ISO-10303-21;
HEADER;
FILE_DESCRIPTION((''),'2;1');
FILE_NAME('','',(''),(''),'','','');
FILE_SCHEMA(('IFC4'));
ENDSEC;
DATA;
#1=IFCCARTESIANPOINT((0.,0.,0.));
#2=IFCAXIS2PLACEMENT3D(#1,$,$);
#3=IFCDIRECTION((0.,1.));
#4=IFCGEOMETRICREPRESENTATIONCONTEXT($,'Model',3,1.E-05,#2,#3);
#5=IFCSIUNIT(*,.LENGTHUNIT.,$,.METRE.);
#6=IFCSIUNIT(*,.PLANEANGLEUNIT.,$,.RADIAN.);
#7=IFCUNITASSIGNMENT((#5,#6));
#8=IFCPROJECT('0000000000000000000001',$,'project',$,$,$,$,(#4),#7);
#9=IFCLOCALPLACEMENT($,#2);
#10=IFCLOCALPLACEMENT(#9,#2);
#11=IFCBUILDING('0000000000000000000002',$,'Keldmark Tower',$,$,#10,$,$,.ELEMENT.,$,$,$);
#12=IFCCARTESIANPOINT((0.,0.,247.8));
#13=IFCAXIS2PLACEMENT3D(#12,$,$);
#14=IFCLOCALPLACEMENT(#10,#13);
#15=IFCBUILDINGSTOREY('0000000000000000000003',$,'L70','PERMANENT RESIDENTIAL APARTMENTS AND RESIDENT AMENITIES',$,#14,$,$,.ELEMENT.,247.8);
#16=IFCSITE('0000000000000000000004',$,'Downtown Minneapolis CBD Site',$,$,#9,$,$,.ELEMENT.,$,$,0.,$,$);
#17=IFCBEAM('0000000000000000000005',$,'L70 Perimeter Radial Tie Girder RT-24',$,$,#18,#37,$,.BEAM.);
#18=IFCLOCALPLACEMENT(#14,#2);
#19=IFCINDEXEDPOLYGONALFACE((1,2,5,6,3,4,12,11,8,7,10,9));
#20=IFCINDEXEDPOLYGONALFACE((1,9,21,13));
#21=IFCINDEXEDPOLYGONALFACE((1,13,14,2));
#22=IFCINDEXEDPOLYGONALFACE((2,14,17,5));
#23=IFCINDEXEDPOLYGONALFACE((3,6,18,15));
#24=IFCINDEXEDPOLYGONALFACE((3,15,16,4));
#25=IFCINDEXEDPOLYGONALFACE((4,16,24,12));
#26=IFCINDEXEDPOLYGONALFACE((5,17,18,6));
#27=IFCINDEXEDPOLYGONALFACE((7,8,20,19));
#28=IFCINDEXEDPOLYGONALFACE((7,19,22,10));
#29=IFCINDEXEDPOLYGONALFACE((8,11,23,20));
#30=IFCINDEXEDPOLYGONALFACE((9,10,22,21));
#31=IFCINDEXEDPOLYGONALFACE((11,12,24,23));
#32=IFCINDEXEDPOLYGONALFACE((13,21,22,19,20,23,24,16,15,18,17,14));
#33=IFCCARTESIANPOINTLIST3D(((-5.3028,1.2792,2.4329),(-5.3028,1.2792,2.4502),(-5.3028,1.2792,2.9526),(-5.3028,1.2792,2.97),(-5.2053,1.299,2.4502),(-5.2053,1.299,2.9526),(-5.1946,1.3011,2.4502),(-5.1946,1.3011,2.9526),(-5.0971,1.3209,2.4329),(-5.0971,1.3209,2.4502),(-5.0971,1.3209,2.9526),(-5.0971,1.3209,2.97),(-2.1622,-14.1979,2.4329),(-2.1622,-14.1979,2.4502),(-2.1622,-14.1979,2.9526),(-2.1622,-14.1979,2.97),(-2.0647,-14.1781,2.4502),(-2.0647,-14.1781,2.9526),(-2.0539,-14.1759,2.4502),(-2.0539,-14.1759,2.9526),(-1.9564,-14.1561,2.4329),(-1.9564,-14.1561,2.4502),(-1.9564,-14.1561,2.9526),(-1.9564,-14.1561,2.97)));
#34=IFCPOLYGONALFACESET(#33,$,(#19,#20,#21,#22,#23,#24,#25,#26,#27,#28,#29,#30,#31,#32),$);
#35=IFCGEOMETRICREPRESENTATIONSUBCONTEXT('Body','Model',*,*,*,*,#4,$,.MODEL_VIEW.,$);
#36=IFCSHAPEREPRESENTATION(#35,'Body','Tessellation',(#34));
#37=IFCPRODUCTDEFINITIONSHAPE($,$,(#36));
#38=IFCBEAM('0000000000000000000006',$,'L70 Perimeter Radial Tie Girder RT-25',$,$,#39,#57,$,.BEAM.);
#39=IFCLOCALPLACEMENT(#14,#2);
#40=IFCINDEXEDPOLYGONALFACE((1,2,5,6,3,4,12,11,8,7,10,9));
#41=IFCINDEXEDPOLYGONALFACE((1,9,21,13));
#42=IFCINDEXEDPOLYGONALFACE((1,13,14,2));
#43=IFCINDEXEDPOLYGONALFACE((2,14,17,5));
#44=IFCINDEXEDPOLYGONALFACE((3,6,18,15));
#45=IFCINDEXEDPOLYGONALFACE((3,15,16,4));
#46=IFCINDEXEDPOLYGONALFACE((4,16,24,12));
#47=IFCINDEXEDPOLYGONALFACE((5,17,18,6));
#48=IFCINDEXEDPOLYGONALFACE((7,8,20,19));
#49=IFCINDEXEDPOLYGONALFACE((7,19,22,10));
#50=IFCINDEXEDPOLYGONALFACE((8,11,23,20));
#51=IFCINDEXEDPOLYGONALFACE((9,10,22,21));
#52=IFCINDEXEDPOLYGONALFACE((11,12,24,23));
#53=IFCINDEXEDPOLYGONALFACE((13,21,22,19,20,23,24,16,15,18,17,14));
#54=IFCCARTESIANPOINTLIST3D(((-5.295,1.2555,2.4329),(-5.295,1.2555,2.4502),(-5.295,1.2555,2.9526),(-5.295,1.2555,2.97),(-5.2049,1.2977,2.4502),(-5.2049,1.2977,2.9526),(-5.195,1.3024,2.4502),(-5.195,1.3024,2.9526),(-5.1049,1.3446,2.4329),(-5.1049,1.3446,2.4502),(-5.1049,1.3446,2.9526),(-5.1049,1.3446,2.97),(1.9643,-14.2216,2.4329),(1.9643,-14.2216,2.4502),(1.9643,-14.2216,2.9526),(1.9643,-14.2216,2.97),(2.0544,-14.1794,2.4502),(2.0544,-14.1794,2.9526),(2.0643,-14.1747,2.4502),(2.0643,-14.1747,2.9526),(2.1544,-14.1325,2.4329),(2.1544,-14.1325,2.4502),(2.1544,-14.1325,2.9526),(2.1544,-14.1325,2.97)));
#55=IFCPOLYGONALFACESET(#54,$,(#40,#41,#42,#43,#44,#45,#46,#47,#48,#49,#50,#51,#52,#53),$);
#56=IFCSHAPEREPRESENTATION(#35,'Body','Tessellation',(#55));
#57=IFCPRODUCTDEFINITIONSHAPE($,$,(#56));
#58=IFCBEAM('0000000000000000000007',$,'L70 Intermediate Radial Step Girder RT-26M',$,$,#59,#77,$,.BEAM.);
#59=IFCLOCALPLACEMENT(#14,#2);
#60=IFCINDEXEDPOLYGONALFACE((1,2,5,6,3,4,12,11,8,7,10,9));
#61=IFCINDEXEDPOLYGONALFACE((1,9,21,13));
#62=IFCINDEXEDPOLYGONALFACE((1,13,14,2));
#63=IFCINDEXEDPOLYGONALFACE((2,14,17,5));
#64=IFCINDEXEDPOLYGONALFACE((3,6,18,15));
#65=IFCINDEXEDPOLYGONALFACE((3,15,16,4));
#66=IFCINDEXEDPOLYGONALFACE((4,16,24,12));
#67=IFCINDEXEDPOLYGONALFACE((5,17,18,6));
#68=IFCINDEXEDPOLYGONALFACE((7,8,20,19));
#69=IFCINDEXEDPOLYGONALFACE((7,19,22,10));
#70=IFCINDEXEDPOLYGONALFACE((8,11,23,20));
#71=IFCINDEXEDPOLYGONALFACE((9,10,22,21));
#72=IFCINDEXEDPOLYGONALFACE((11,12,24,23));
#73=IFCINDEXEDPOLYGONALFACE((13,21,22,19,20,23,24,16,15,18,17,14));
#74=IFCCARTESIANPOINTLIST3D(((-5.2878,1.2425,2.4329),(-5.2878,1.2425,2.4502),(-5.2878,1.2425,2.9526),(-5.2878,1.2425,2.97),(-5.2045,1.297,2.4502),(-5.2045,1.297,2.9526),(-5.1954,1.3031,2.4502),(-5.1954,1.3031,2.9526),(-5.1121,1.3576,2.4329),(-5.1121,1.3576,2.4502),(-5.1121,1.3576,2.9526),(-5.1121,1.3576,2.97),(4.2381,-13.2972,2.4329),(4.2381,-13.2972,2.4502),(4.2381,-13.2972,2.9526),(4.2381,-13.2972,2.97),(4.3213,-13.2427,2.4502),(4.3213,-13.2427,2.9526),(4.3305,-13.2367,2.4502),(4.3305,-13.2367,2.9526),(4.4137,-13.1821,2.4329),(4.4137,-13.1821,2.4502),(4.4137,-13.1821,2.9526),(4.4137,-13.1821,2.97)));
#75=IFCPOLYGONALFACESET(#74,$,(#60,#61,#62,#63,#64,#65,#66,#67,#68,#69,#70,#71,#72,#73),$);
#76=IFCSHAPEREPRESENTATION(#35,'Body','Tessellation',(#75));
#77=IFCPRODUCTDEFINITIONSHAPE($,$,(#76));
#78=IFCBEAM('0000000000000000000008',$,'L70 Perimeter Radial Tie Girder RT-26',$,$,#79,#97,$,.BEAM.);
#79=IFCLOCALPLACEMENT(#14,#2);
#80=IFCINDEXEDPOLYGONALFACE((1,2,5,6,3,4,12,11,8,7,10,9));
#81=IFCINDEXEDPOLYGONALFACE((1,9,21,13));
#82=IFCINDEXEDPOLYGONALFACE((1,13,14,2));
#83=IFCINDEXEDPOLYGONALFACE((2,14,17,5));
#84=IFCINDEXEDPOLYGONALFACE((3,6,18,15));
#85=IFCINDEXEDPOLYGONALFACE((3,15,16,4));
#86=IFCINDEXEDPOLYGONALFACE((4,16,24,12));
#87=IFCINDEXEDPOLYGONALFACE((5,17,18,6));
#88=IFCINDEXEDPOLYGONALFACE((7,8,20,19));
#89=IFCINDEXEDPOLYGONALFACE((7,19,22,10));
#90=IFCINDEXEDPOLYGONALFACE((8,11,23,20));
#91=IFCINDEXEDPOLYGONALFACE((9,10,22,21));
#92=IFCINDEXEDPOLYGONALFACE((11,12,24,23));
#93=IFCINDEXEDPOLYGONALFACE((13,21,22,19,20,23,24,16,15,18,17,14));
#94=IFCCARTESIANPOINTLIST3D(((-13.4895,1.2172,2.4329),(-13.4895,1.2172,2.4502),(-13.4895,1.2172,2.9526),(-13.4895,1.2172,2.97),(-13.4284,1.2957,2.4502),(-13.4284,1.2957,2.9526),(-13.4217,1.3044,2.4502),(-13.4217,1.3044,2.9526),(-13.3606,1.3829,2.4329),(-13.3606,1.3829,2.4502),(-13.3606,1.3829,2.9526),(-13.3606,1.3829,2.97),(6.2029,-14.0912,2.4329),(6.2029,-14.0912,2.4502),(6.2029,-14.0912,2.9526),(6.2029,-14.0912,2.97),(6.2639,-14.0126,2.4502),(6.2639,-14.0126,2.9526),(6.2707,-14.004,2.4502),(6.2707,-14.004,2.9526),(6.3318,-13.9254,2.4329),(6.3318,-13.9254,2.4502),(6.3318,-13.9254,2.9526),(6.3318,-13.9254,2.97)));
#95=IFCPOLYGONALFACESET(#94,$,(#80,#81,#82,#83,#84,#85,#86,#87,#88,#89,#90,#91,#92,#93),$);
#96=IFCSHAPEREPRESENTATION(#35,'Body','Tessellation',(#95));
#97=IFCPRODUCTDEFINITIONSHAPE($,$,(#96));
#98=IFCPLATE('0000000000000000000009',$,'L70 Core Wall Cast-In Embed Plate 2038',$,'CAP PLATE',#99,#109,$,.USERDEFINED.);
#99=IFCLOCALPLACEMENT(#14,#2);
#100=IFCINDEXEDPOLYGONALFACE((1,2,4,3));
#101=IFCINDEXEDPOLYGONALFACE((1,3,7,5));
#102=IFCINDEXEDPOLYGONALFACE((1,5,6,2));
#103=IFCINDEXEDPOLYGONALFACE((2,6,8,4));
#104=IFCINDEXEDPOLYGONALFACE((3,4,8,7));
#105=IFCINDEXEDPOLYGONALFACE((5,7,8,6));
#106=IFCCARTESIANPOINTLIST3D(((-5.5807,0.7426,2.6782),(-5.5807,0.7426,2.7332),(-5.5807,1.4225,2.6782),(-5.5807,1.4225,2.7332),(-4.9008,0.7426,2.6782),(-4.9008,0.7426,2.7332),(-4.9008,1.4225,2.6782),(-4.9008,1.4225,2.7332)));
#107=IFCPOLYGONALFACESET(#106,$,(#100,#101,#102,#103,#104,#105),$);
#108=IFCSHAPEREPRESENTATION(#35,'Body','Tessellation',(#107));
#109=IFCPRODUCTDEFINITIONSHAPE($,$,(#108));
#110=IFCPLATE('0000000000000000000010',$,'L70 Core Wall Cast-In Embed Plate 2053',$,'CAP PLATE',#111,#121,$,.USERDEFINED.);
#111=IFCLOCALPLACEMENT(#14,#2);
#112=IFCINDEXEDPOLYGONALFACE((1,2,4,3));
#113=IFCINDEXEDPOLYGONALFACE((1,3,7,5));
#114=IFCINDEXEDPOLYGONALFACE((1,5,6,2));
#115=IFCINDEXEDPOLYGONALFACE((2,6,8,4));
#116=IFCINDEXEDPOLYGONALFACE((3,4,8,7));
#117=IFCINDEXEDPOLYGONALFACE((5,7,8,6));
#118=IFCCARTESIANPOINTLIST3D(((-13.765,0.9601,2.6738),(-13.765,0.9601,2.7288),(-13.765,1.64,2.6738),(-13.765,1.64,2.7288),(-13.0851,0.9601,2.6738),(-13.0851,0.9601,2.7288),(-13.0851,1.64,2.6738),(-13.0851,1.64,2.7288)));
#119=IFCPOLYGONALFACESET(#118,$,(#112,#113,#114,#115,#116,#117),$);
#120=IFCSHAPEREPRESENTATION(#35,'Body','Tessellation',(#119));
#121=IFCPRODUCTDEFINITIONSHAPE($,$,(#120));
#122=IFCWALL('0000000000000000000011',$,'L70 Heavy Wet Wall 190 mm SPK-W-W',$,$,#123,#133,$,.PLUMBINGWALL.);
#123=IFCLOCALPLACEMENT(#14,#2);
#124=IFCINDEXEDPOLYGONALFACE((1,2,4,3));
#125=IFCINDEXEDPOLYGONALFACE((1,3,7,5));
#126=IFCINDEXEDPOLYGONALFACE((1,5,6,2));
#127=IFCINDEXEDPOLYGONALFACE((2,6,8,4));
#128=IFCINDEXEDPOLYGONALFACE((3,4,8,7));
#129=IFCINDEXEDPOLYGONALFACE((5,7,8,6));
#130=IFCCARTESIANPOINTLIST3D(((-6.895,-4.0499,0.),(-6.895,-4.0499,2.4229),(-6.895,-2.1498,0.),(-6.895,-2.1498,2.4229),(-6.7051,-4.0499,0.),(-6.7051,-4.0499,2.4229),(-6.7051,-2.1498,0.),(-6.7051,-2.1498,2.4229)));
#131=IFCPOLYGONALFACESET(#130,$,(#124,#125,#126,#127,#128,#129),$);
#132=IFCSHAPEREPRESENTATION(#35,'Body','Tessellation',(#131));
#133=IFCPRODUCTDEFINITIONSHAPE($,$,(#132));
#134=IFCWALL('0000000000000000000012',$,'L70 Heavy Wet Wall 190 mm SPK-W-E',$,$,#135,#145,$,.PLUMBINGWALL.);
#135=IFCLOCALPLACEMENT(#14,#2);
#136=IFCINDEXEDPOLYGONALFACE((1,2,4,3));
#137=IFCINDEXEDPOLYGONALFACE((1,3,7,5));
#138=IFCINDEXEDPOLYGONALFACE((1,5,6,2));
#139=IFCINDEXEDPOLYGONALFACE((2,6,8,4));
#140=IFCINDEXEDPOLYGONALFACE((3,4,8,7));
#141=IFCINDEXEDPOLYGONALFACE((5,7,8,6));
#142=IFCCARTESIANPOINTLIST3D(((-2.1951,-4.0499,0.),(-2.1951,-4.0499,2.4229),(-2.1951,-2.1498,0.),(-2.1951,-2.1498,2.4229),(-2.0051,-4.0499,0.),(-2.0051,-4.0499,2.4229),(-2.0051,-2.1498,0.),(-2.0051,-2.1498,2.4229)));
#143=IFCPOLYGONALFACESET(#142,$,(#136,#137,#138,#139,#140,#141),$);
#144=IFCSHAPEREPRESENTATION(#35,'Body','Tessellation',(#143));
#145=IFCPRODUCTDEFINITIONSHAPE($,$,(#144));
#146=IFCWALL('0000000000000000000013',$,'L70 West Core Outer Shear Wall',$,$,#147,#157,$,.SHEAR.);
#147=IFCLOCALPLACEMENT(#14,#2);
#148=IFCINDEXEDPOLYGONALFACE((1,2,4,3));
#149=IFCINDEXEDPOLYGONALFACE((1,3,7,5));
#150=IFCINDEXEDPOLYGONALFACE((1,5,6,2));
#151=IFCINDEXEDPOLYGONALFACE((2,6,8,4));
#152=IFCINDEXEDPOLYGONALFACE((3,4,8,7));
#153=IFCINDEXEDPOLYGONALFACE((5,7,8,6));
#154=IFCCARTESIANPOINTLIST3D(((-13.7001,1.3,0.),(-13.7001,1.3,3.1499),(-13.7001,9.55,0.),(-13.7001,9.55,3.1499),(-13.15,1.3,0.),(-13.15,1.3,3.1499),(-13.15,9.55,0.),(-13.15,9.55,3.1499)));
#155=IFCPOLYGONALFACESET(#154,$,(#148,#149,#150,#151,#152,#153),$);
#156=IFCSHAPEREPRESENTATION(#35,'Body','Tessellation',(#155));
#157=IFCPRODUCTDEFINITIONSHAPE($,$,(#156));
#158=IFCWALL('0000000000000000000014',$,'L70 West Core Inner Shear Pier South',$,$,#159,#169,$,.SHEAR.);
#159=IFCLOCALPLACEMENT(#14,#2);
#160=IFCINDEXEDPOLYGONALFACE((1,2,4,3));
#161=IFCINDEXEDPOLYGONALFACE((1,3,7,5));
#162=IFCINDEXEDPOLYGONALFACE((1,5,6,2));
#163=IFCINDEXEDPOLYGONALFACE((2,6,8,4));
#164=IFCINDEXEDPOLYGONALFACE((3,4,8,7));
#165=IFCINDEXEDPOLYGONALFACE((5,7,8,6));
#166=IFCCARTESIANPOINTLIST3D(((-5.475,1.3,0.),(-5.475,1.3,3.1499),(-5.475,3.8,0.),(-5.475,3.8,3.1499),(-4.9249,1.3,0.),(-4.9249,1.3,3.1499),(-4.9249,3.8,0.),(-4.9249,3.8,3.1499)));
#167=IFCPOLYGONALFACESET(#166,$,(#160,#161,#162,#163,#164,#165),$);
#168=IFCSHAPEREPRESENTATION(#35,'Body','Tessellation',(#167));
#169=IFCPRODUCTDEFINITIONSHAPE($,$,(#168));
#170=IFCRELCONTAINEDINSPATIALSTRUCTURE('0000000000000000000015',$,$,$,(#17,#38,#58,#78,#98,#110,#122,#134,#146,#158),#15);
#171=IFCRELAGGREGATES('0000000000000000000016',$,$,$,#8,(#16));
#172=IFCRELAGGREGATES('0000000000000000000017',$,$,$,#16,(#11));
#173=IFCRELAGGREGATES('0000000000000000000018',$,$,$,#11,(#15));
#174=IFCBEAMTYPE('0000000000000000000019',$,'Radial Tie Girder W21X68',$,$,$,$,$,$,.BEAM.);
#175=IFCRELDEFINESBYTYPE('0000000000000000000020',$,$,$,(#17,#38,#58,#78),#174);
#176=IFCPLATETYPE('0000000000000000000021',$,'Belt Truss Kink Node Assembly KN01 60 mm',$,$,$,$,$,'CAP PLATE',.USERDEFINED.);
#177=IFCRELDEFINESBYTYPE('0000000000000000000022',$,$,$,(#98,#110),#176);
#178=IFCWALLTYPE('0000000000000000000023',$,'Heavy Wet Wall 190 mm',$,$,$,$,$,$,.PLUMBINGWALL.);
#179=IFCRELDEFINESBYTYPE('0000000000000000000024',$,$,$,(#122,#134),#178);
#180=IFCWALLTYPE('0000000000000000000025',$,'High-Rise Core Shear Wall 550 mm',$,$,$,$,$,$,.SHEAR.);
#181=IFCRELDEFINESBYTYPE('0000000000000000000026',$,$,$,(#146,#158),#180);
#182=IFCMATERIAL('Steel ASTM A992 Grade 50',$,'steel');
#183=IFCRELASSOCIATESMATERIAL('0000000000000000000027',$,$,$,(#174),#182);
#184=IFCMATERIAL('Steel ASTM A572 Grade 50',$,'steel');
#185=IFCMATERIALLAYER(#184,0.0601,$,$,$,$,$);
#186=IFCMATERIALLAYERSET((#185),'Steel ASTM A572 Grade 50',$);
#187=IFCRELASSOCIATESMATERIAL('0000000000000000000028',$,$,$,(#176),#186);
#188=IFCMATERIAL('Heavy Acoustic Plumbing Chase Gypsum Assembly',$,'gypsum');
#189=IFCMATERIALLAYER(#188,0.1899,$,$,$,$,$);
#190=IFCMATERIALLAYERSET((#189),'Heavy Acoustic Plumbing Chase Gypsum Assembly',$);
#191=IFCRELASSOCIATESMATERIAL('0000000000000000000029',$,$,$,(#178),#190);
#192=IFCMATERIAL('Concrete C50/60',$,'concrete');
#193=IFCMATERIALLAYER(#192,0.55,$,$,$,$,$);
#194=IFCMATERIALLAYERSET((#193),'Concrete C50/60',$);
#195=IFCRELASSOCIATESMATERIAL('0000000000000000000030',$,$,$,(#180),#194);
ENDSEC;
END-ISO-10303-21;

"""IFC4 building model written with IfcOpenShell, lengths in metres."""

from ifc_helpers import new_model, si_unit, direction, frame, frame_2d, origin, origin_2d, place, context, subcontext, project, spatial, rectangle, i_section, extrude, material, layer, layer_set, material_profile, profile_set, type_object, element, save


model = new_model("IFC4")

# Units and contexts
model_context = context("Model", 3, precision=1e-05, world=origin(), true_north=direction((0.0, 1.0)))
body_context = subcontext(model_context, "Body", "Model", "MODEL_VIEW")
ifc_project = project(units=[si_unit("LENGTHUNIT", "METRE"), si_unit("PLANEANGLEUNIT", "RADIAN")], contexts=[model_context])

# Site, building, storey
site_placement = place(None, origin())
site = spatial("IfcSite", under=ifc_project, at=site_placement, Name="Downtown Minneapolis CBD Site", CompositionType="ELEMENT", RefElevation=0.0)
building_placement = place(site_placement, origin())
building = spatial("IfcBuilding", under=site, at=building_placement, Name="Keldmark Tower", CompositionType="ELEMENT")
storey_placement = place(building_placement, frame((0.0, 0.0, 247.8)))
storey = spatial("IfcBuildingStorey", under=building, at=storey_placement, Name="L70", Description="PERMANENT RESIDENTIAL APARTMENTS AND RESIDENT AMENITIES", CompositionType="ELEMENT", Elevation=247.8)

# Beams
ifc_material_1 = material(Name="Steel ASTM A992 Grade 50", Category="steel")
ifc_material_profile_1 = material_profile(ifc_material_1, i_section(OverallWidth=0.21, OverallDepth=0.5371, WebThickness=0.011, FlangeThickness=0.0173, at=origin_2d()), Name="W21X68")
ifc_profile_set_1 = profile_set([ifc_material_profile_1], Name="Steel ASTM A992 Grade 50")
beam_type_1 = type_object("IfcBeamType", Name="Radial Tie Girder W21X68", PredefinedType="BEAM", material=ifc_profile_set_1)
beam_1_placement = place(storey_placement, frame((-5.2, 1.3, 2.7014), z_axis=(0.198868, -0.980026, 0.0), x_axis=(0.980026, 0.198868, 0.0)))
element("IfcBeam", 1, at=beam_1_placement, inside=storey, type_object=beam_type_1, Name="L70 Perimeter Radial Tie Girder RT-24", PredefinedType="BEAM", context=body_context, shape_type="SweptSolid", body=[
    extrude(i_section(OverallWidth=0.21, OverallDepth=0.5371, WebThickness=0.011, FlangeThickness=0.0173, at=origin_2d()), origin(), (0.0, 0.0, 1.0), 15.7925),
])
beam_2_placement = place(storey_placement, frame((-5.2, 1.3, 2.7014), z_axis=(0.424645, -0.90536, 0.0), x_axis=(0.90536, 0.424645, 0.0)))
element("IfcBeam", 2, at=beam_2_placement, inside=storey, type_object=beam_type_1, Name="L70 Perimeter Radial Tie Girder RT-25", PredefinedType="BEAM", context=body_context, shape_type="SweptSolid", body=[
    extrude(i_section(OverallWidth=0.21, OverallDepth=0.5371, WebThickness=0.011, FlangeThickness=0.0173, at=origin_2d()), origin(), (0.0, 0.0, 1.0), 17.095),
])
beam_3_placement = place(storey_placement, frame((-5.2, 1.3, 2.7014), z_axis=(0.548018, -0.836466, 0.0), x_axis=(0.836466, 0.548018, 0.0)))
element("IfcBeam", 3, at=beam_3_placement, inside=storey, type_object=beam_type_1, Name="L70 Intermediate Radial Step Girder RT-26M", PredefinedType="BEAM", context=body_context, shape_type="SweptSolid", body=[
    extrude(i_section(OverallWidth=0.21, OverallDepth=0.5371, WebThickness=0.011, FlangeThickness=0.0173, at=origin_2d()), origin(), (0.0, 0.0, 1.0), 17.3823),
])
beam_4_placement = place(storey_placement, frame((-13.425, 1.3, 2.7014), z_axis=(0.789507, -0.613742, 0.0), x_axis=(0.613742, 0.789507, 0.0)))
element("IfcBeam", 4, at=beam_4_placement, inside=storey, type_object=beam_type_1, Name="L70 Perimeter Radial Tie Girder RT-26", PredefinedType="BEAM", context=body_context, shape_type="SweptSolid", body=[
    extrude(i_section(OverallWidth=0.21, OverallDepth=0.5371, WebThickness=0.011, FlangeThickness=0.0173, at=origin_2d()), origin(), (0.0, 0.0, 1.0), 24.9426),
])

# Plates
ifc_material_2 = material(Name="Steel ASTM A572 Grade 50", Category="steel")
ifc_layer_1 = layer(ifc_material_2, 0.0601)
ifc_layer_set_1 = layer_set([ifc_layer_1], Name="Steel ASTM A572 Grade 50")
plate_type = type_object("IfcPlateType", Name="Belt Truss Kink Node Assembly KN01 60 mm", ElementType="CAP PLATE", PredefinedType="USERDEFINED", material=ifc_layer_set_1)
for number, where, z_axis, x_axis, name in (
    (5, (-5.2407, 1.0825, 2.6782), (0.0, 0.0, 1.0), (1.0, 0.0, 0.0), "L70 Core Wall Cast-In Embed Plate 2038"),
    (6, (-13.425, 1.3, 2.6738), (0.0, 0.0, 1.0), (1.0, 0.0, 0.0), "L70 Core Wall Cast-In Embed Plate 2053"),
):
    element("IfcPlate", number, at=place(storey_placement, frame(where, z_axis=z_axis, x_axis=x_axis)), inside=storey, type_object=plate_type, Name=name, ObjectType="CAP PLATE", PredefinedType="USERDEFINED", context=body_context, shape_type="SweptSolid", body=[
        extrude(rectangle(XDim=0.6799, YDim=0.6799, at=origin_2d()), origin(), (0.0, 0.0, 1.0), 0.0549),
    ])

# Shared definitions
ifc_material_3 = material(Name="Heavy Acoustic Plumbing Chase Gypsum Assembly", Category="gypsum")
ifc_layer_2 = layer(ifc_material_3, 0.1899)
ifc_layer_set_2 = layer_set([ifc_layer_2], Name="Heavy Acoustic Plumbing Chase Gypsum Assembly")
wall_type_1 = type_object("IfcWallType", Name="Heavy Wet Wall 190 mm", PredefinedType="PLUMBINGWALL", material=ifc_layer_set_2)

# Walls
for number, where, z_axis, x_axis, name in (
    (7, (-6.8, -4.05, 0.0), (0.0, 0.0, 1.0), (0.0, 1.0, 0.0), "L70 Heavy Wet Wall 190 mm SPK-W-W"),
    (8, (-2.1001, -4.05, 0.0), (0.0, 0.0, 1.0), (0.0, 1.0, 0.0), "L70 Heavy Wet Wall 190 mm SPK-W-E"),
):
    element("IfcWall", number, at=place(storey_placement, frame(where, z_axis=z_axis, x_axis=x_axis)), inside=storey, type_object=wall_type_1, Name=name, PredefinedType="PLUMBINGWALL", context=body_context, shape_type="SweptSolid", body=[
        extrude(rectangle(XDim=1.9001, YDim=0.1899, at=frame_2d((0.9502, 0.0))), origin(), (0.0, 0.0, 1.0), 2.4229),
    ])
ifc_material_4 = material(Name="Concrete C50/60", Category="concrete")
ifc_layer_3 = layer(ifc_material_4, 0.55)
ifc_layer_set_3 = layer_set([ifc_layer_3], Name="Concrete C50/60")
wall_type_2 = type_object("IfcWallType", Name="High-Rise Core Shear Wall 550 mm", PredefinedType="SHEAR", material=ifc_layer_set_3)
wall_1_placement = place(storey_placement, frame((-13.425, 1.3, 0.0), z_axis=(0.0, 0.0, 1.0), x_axis=(0.0, 1.0, 0.0)))
element("IfcWall", 9, at=wall_1_placement, inside=storey, type_object=wall_type_2, Name="L70 West Core Outer Shear Wall", PredefinedType="SHEAR", context=body_context, shape_type="SweptSolid", body=[
    extrude(rectangle(XDim=8.25, YDim=0.55, at=frame_2d((4.125, 0.0))), origin(), (0.0, 0.0, 1.0), 3.1499),
])
wall_2_placement = place(storey_placement, frame((-5.2, 1.3, 0.0), z_axis=(0.0, 0.0, 1.0), x_axis=(0.0, 1.0, 0.0)))
element("IfcWall", 10, at=wall_2_placement, inside=storey, type_object=wall_type_2, Name="L70 West Core Inner Shear Pier South", PredefinedType="SHEAR", context=body_context, shape_type="SweptSolid", body=[
    extrude(rectangle(XDim=2.5, YDim=0.55, at=frame_2d((1.25, 0.0))), origin(), (0.0, 0.0, 1.0), 3.1499),
])

save(model, "model.ifc")
